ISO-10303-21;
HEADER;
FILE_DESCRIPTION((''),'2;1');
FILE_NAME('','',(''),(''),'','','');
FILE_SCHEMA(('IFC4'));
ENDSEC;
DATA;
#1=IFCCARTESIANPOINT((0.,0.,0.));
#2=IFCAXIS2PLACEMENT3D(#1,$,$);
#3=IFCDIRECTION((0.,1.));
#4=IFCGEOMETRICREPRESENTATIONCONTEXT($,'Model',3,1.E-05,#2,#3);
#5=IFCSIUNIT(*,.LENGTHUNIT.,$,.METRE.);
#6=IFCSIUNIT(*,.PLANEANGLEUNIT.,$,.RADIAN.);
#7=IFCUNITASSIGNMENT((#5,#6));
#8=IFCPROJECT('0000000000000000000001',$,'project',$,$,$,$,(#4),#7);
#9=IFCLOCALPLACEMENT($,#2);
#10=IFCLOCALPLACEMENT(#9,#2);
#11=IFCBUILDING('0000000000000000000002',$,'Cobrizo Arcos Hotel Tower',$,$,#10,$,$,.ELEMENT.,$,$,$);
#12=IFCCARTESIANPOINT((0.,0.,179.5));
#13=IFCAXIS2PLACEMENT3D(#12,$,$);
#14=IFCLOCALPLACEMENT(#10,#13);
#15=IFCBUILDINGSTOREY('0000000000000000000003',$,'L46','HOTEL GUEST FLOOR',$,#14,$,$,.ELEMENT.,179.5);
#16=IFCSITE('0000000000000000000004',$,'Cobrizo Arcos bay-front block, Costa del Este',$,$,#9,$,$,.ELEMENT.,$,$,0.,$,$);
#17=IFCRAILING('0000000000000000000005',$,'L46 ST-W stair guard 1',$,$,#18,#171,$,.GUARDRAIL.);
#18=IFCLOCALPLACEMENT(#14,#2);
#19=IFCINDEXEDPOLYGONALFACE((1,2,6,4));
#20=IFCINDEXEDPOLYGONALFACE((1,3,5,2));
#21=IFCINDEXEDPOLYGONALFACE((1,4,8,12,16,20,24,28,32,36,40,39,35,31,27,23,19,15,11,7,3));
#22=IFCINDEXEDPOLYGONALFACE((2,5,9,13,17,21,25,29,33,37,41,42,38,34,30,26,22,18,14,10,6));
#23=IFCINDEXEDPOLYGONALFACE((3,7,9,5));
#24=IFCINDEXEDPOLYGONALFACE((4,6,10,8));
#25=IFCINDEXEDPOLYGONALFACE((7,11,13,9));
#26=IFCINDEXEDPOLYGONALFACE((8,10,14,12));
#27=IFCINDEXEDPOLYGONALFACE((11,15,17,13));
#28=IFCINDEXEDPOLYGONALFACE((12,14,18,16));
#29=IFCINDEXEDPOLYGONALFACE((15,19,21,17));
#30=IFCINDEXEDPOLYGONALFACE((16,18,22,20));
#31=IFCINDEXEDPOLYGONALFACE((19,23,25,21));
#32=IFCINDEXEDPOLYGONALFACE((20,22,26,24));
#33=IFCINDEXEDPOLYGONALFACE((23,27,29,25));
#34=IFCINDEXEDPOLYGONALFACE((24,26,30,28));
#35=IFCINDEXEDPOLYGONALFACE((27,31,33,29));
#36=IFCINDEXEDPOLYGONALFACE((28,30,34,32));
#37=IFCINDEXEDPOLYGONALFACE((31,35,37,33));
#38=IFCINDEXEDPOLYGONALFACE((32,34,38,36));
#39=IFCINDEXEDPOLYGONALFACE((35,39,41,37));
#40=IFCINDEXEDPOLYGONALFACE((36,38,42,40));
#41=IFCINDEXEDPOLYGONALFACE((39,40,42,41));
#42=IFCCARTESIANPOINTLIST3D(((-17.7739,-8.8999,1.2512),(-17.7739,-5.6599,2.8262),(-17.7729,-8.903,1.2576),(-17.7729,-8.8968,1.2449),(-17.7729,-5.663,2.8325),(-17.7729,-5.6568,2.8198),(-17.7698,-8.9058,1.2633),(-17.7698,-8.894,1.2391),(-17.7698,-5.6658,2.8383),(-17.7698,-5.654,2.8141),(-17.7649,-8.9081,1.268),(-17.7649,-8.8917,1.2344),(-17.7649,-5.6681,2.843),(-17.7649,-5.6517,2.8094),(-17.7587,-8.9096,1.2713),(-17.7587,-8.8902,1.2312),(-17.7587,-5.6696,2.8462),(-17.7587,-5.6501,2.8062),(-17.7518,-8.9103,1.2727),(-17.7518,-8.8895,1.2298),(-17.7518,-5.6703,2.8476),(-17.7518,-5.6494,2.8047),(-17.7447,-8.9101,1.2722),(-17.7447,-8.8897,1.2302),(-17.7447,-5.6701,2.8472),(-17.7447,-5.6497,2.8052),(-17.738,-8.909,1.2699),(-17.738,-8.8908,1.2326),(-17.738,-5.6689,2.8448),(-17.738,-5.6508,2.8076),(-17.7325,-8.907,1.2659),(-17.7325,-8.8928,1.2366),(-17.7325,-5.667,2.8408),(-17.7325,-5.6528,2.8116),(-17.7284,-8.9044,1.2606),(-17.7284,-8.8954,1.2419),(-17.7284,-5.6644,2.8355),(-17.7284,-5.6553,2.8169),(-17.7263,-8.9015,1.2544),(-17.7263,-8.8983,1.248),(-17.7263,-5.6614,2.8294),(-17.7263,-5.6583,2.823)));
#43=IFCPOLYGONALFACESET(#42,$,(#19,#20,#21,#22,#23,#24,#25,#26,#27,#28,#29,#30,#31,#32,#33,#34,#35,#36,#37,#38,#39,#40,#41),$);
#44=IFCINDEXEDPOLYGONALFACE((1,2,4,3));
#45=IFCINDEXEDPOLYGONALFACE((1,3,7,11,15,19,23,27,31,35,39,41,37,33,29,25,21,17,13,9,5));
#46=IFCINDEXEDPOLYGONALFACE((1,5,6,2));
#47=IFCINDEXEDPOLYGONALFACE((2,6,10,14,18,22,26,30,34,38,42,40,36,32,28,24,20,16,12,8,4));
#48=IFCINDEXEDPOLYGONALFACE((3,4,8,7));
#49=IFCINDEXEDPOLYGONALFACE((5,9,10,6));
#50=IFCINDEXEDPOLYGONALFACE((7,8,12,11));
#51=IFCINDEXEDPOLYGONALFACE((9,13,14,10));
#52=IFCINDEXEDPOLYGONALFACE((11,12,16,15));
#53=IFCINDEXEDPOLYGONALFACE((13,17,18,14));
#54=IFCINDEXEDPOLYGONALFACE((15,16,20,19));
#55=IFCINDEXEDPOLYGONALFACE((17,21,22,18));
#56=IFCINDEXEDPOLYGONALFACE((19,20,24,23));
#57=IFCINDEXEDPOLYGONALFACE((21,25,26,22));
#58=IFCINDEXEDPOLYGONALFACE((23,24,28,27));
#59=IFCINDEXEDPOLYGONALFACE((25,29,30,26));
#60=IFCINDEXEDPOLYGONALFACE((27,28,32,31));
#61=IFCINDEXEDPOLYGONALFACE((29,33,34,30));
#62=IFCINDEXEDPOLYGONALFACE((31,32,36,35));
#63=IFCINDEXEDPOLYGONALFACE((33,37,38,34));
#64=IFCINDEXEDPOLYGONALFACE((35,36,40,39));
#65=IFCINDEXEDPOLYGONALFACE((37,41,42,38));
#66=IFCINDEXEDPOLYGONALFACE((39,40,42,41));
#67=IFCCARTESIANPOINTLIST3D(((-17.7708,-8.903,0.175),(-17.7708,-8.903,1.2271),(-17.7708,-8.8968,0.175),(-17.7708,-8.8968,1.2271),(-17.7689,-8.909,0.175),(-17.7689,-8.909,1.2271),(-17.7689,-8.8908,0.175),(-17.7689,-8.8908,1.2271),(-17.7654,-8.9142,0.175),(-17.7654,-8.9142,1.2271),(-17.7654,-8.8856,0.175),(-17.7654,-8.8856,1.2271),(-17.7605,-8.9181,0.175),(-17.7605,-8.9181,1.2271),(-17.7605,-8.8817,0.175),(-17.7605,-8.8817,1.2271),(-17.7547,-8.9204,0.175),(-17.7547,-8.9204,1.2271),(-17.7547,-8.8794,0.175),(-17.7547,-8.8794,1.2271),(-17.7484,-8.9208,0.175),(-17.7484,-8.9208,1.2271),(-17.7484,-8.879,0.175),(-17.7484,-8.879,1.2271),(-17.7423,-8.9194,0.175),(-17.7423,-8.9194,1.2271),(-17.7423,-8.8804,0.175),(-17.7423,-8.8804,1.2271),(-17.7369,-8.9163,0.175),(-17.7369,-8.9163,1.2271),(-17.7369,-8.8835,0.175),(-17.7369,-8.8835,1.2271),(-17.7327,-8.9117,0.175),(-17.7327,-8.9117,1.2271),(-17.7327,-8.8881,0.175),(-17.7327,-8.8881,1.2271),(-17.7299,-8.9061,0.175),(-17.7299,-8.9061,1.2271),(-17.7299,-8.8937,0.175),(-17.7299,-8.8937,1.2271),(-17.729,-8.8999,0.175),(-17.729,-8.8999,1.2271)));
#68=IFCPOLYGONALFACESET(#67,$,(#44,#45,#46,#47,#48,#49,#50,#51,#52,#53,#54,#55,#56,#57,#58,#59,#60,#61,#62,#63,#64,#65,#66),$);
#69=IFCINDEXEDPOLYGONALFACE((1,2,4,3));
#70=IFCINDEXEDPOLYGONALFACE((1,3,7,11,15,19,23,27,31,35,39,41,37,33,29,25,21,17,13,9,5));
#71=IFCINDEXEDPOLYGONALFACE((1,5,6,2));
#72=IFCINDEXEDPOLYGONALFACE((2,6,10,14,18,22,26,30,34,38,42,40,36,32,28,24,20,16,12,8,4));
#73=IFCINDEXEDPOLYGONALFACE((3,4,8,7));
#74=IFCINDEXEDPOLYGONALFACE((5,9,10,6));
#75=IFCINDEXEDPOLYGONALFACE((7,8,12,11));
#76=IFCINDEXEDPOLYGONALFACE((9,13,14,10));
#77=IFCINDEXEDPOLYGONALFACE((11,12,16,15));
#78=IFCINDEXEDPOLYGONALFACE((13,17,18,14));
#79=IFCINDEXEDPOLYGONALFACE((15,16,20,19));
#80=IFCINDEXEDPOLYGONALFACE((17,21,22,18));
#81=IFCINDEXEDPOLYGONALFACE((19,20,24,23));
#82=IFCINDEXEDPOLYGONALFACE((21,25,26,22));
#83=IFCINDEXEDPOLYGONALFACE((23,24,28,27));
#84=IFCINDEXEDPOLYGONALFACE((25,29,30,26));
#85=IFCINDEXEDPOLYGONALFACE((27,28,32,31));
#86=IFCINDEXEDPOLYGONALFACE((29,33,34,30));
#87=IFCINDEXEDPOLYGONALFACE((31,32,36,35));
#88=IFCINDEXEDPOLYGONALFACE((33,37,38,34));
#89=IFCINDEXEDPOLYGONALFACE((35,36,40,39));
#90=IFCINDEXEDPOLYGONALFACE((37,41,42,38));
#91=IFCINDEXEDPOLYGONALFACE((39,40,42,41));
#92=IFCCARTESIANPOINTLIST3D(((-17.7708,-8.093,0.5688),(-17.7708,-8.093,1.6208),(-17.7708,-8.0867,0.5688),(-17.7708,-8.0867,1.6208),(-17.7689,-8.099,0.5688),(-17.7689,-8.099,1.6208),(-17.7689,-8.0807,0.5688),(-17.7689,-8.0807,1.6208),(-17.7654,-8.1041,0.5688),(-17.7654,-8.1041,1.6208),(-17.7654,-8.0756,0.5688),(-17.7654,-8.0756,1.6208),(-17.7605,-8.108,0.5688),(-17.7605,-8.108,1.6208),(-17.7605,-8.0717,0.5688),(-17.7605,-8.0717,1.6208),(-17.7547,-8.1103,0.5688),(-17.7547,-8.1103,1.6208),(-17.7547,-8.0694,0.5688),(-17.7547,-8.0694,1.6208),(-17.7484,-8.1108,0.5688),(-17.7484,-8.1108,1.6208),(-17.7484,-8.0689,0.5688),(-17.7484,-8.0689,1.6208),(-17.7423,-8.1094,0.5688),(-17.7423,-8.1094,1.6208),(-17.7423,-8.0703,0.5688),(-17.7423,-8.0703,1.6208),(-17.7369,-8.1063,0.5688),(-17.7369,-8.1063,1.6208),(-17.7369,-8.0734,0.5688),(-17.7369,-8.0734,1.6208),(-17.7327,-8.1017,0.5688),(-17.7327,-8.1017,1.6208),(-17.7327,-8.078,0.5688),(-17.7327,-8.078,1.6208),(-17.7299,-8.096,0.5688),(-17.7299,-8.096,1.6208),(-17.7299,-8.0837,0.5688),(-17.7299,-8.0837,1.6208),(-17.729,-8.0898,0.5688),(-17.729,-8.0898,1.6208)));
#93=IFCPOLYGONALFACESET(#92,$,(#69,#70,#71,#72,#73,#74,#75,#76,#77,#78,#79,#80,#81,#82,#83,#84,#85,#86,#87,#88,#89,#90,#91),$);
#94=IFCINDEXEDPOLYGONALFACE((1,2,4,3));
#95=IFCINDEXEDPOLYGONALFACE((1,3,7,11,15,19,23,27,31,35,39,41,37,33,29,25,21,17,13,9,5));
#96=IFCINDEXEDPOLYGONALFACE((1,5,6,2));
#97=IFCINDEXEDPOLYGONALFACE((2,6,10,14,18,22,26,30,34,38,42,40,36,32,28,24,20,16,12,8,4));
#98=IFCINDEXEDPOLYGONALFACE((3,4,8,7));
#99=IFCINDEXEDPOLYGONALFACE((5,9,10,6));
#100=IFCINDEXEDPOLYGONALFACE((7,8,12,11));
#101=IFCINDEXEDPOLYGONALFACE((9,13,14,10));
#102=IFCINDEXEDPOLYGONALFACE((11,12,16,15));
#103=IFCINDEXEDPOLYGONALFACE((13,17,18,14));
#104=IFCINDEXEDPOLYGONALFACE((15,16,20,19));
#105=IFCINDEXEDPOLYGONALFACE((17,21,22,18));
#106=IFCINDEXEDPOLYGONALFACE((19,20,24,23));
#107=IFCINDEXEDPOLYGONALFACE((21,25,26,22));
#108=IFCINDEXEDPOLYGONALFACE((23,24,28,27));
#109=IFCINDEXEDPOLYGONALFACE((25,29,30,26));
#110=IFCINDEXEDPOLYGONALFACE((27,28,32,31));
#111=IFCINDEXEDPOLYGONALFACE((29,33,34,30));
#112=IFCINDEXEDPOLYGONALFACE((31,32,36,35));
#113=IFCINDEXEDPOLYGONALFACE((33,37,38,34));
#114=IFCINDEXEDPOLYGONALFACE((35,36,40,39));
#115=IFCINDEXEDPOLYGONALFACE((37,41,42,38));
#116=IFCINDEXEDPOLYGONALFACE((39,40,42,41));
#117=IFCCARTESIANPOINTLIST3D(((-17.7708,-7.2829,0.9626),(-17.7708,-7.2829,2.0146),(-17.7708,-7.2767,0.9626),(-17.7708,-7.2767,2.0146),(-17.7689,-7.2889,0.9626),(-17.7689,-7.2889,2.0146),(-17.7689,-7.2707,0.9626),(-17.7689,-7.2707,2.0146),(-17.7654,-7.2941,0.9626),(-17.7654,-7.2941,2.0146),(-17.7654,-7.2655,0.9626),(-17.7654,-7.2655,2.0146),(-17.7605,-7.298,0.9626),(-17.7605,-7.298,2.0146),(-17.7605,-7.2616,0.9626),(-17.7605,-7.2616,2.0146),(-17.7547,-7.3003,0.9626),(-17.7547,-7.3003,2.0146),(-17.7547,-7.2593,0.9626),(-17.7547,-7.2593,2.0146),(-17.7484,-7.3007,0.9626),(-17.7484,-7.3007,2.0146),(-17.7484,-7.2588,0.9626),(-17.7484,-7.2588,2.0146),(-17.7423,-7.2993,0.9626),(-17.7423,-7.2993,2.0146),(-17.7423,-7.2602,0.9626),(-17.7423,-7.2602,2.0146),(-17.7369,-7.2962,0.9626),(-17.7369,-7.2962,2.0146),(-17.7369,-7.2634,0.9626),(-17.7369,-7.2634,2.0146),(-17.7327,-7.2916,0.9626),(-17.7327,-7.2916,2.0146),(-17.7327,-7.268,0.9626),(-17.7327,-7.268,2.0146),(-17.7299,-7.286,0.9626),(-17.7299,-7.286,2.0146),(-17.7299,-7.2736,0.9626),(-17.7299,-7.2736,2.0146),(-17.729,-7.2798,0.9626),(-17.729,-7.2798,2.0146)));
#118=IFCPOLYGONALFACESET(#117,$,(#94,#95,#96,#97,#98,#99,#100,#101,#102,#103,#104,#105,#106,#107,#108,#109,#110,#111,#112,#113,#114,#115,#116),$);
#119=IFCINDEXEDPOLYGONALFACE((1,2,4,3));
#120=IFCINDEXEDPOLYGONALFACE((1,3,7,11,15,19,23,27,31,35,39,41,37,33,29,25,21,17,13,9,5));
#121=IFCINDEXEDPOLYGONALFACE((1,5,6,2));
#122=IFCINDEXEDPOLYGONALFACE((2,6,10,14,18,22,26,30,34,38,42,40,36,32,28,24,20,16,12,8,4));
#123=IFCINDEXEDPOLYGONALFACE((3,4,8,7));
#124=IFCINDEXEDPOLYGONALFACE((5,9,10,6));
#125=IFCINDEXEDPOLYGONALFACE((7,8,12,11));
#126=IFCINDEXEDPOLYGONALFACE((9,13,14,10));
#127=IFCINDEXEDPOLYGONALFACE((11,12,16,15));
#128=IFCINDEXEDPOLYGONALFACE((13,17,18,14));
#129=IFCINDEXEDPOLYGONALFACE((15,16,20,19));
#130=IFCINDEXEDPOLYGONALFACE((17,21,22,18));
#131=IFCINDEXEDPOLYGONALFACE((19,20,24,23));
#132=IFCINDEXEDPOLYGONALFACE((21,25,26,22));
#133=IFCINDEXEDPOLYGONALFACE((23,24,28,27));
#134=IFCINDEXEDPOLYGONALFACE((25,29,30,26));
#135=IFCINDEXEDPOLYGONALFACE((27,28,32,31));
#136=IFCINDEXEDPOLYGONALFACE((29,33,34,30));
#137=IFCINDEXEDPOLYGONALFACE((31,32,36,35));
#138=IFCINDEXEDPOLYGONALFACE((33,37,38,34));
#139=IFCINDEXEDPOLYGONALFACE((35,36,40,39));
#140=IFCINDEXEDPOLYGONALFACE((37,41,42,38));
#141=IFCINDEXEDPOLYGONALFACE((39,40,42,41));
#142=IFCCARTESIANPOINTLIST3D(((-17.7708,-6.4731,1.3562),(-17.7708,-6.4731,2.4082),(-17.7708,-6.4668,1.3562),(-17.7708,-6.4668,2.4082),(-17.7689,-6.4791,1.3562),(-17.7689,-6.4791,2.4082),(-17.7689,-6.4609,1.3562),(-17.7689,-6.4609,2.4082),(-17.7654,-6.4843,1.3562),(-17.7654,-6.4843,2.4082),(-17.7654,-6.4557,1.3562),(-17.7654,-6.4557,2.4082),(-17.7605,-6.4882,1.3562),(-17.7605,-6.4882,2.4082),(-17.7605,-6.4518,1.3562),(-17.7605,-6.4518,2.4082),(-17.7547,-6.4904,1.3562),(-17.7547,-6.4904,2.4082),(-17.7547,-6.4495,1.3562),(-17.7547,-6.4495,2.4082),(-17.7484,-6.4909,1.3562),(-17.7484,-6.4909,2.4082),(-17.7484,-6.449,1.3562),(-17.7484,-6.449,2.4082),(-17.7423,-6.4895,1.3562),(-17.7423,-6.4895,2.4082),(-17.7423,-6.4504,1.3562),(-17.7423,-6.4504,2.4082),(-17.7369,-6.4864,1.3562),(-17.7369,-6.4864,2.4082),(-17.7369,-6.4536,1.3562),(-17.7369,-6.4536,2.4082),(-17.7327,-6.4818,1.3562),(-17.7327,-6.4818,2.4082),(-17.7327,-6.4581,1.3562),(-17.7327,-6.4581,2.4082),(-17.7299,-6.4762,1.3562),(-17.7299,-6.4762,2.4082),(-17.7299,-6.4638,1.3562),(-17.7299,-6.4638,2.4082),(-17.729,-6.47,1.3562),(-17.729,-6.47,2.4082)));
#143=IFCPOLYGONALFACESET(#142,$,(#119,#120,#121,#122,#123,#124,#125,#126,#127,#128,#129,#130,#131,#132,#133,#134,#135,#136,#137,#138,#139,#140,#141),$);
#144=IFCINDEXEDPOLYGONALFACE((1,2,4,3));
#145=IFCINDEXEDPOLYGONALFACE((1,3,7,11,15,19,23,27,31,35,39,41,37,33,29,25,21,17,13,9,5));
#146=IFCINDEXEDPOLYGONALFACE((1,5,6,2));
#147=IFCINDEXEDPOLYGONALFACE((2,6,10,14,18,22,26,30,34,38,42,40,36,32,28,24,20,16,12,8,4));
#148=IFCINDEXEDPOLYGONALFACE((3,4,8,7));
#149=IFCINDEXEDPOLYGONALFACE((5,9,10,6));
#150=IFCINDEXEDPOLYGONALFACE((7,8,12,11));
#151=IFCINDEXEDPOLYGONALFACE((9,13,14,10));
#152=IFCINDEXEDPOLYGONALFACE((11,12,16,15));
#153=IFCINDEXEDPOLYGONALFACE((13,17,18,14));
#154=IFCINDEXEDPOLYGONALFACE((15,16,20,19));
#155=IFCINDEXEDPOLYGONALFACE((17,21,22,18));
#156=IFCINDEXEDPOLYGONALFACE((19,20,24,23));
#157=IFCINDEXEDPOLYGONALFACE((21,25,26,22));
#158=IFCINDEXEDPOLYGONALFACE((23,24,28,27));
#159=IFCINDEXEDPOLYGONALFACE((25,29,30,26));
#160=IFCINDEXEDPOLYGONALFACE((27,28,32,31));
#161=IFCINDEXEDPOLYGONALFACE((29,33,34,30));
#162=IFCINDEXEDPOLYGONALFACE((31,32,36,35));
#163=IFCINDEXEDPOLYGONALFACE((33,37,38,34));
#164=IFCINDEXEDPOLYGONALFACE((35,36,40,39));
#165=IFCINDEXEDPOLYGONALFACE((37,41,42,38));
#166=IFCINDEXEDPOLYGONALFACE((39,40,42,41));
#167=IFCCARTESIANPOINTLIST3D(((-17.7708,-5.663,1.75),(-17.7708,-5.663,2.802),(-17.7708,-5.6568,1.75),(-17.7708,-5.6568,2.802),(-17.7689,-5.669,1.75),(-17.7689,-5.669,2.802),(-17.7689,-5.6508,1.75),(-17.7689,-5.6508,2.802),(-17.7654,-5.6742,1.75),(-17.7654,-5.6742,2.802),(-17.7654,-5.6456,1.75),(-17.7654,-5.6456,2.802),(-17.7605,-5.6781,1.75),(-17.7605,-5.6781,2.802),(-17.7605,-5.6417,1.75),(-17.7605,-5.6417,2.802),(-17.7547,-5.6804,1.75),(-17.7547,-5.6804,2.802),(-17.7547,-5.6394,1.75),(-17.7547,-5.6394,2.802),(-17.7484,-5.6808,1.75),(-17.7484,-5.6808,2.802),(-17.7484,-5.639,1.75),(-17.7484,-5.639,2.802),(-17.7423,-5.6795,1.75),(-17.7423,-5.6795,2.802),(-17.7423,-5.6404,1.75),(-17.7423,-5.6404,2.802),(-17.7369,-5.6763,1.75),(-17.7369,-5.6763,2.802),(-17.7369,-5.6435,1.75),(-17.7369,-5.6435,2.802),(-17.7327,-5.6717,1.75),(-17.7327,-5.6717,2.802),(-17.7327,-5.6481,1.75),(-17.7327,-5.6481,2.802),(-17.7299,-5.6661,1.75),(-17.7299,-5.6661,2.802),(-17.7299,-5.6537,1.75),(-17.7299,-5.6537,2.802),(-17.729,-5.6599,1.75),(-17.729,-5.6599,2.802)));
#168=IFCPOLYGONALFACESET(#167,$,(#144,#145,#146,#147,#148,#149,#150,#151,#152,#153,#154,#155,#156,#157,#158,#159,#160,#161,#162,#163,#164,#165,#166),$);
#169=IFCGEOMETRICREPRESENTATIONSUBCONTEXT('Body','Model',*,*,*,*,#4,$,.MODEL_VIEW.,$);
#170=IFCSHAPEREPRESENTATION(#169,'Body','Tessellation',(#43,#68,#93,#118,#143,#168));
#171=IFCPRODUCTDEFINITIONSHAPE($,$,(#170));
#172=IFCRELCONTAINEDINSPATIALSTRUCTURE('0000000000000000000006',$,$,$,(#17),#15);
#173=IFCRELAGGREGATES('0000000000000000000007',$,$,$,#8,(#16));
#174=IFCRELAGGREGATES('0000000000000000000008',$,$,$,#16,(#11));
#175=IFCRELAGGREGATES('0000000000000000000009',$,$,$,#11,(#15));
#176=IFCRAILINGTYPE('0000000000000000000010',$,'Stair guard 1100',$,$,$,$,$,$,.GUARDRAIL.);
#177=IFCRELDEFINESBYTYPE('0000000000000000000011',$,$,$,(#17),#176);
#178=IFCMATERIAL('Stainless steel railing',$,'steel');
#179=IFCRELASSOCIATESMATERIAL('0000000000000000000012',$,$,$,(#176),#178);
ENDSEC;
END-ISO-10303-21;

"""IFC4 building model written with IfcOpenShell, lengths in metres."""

from ifc_helpers import new_model, si_unit, direction, frame, origin, origin_2d, place, context, subcontext, project, spatial, circle, extrude, material, type_object, element, save


model = new_model("IFC4")

# Units and contexts
model_context = context("Model", 3, precision=1e-05, world=origin(), true_north=direction((0.0, 1.0)))
body_context = subcontext(model_context, "Body", "Model", "MODEL_VIEW")
ifc_project = project(units=[si_unit("LENGTHUNIT", "METRE"), si_unit("PLANEANGLEUNIT", "RADIAN")], contexts=[model_context])

# Site, building, storey
site_placement = place(None, origin())
site = spatial("IfcSite", under=ifc_project, at=site_placement, Name="Cobrizo Arcos bay-front block, Costa del Este", CompositionType="ELEMENT", RefElevation=0.0)
building_placement = place(site_placement, origin())
building = spatial("IfcBuilding", under=site, at=building_placement, Name="Cobrizo Arcos Hotel Tower", CompositionType="ELEMENT")
storey_placement = place(building_placement, frame((0.0, 0.0, 179.5)))
storey = spatial("IfcBuildingStorey", under=building, at=storey_placement, Name="L46", Description="HOTEL GUEST FLOOR", CompositionType="ELEMENT", Elevation=179.5)

# Railing
ifc_material_1 = material(Name="Stainless steel railing", Category="steel")
railing_type_1 = type_object("IfcRailingType", Name="Stair guard 1100", PredefinedType="GUARDRAIL", material=ifc_material_1)
railing_1_placement = place(storey_placement, frame((-17.75, -8.8999, 0.175)))
element("IfcRailing", 1, at=railing_1_placement, inside=storey, type_object=railing_type_1, Name="L46 ST-W stair guard 1", PredefinedType="GUARDRAIL", context=body_context, shape_type="SweptSolid", body=[
    extrude(circle(Radius=0.0239, at=origin_2d()), frame((0.0, 0.0, 1.0762), z_axis=(0.0, 0.899373, 0.437183), x_axis=(-1.0, 0.0, 0.0)), (0.0, 0.0, 1.0), 3.6025),
    extrude(circle(Radius=0.021, at=origin_2d()), origin(), (0.0, 0.0, 1.0), 1.052),
    extrude(circle(Radius=0.021, at=origin_2d()), frame((0.0, 0.8101, 0.3938)), (0.0, 0.0, 1.0), 1.052),
    extrude(circle(Radius=0.021, at=origin_2d()), frame((0.0, 1.6201, 0.7876)), (0.0, 0.0, 1.0), 1.052),
    extrude(circle(Radius=0.021, at=origin_2d()), frame((0.0, 2.4299, 1.1812)), (0.0, 0.0, 1.0), 1.052),
    extrude(circle(Radius=0.021, at=origin_2d()), frame((0.0, 3.24, 1.575)), (0.0, 0.0, 1.0), 1.052),
])

save(model, "model.ifc")
